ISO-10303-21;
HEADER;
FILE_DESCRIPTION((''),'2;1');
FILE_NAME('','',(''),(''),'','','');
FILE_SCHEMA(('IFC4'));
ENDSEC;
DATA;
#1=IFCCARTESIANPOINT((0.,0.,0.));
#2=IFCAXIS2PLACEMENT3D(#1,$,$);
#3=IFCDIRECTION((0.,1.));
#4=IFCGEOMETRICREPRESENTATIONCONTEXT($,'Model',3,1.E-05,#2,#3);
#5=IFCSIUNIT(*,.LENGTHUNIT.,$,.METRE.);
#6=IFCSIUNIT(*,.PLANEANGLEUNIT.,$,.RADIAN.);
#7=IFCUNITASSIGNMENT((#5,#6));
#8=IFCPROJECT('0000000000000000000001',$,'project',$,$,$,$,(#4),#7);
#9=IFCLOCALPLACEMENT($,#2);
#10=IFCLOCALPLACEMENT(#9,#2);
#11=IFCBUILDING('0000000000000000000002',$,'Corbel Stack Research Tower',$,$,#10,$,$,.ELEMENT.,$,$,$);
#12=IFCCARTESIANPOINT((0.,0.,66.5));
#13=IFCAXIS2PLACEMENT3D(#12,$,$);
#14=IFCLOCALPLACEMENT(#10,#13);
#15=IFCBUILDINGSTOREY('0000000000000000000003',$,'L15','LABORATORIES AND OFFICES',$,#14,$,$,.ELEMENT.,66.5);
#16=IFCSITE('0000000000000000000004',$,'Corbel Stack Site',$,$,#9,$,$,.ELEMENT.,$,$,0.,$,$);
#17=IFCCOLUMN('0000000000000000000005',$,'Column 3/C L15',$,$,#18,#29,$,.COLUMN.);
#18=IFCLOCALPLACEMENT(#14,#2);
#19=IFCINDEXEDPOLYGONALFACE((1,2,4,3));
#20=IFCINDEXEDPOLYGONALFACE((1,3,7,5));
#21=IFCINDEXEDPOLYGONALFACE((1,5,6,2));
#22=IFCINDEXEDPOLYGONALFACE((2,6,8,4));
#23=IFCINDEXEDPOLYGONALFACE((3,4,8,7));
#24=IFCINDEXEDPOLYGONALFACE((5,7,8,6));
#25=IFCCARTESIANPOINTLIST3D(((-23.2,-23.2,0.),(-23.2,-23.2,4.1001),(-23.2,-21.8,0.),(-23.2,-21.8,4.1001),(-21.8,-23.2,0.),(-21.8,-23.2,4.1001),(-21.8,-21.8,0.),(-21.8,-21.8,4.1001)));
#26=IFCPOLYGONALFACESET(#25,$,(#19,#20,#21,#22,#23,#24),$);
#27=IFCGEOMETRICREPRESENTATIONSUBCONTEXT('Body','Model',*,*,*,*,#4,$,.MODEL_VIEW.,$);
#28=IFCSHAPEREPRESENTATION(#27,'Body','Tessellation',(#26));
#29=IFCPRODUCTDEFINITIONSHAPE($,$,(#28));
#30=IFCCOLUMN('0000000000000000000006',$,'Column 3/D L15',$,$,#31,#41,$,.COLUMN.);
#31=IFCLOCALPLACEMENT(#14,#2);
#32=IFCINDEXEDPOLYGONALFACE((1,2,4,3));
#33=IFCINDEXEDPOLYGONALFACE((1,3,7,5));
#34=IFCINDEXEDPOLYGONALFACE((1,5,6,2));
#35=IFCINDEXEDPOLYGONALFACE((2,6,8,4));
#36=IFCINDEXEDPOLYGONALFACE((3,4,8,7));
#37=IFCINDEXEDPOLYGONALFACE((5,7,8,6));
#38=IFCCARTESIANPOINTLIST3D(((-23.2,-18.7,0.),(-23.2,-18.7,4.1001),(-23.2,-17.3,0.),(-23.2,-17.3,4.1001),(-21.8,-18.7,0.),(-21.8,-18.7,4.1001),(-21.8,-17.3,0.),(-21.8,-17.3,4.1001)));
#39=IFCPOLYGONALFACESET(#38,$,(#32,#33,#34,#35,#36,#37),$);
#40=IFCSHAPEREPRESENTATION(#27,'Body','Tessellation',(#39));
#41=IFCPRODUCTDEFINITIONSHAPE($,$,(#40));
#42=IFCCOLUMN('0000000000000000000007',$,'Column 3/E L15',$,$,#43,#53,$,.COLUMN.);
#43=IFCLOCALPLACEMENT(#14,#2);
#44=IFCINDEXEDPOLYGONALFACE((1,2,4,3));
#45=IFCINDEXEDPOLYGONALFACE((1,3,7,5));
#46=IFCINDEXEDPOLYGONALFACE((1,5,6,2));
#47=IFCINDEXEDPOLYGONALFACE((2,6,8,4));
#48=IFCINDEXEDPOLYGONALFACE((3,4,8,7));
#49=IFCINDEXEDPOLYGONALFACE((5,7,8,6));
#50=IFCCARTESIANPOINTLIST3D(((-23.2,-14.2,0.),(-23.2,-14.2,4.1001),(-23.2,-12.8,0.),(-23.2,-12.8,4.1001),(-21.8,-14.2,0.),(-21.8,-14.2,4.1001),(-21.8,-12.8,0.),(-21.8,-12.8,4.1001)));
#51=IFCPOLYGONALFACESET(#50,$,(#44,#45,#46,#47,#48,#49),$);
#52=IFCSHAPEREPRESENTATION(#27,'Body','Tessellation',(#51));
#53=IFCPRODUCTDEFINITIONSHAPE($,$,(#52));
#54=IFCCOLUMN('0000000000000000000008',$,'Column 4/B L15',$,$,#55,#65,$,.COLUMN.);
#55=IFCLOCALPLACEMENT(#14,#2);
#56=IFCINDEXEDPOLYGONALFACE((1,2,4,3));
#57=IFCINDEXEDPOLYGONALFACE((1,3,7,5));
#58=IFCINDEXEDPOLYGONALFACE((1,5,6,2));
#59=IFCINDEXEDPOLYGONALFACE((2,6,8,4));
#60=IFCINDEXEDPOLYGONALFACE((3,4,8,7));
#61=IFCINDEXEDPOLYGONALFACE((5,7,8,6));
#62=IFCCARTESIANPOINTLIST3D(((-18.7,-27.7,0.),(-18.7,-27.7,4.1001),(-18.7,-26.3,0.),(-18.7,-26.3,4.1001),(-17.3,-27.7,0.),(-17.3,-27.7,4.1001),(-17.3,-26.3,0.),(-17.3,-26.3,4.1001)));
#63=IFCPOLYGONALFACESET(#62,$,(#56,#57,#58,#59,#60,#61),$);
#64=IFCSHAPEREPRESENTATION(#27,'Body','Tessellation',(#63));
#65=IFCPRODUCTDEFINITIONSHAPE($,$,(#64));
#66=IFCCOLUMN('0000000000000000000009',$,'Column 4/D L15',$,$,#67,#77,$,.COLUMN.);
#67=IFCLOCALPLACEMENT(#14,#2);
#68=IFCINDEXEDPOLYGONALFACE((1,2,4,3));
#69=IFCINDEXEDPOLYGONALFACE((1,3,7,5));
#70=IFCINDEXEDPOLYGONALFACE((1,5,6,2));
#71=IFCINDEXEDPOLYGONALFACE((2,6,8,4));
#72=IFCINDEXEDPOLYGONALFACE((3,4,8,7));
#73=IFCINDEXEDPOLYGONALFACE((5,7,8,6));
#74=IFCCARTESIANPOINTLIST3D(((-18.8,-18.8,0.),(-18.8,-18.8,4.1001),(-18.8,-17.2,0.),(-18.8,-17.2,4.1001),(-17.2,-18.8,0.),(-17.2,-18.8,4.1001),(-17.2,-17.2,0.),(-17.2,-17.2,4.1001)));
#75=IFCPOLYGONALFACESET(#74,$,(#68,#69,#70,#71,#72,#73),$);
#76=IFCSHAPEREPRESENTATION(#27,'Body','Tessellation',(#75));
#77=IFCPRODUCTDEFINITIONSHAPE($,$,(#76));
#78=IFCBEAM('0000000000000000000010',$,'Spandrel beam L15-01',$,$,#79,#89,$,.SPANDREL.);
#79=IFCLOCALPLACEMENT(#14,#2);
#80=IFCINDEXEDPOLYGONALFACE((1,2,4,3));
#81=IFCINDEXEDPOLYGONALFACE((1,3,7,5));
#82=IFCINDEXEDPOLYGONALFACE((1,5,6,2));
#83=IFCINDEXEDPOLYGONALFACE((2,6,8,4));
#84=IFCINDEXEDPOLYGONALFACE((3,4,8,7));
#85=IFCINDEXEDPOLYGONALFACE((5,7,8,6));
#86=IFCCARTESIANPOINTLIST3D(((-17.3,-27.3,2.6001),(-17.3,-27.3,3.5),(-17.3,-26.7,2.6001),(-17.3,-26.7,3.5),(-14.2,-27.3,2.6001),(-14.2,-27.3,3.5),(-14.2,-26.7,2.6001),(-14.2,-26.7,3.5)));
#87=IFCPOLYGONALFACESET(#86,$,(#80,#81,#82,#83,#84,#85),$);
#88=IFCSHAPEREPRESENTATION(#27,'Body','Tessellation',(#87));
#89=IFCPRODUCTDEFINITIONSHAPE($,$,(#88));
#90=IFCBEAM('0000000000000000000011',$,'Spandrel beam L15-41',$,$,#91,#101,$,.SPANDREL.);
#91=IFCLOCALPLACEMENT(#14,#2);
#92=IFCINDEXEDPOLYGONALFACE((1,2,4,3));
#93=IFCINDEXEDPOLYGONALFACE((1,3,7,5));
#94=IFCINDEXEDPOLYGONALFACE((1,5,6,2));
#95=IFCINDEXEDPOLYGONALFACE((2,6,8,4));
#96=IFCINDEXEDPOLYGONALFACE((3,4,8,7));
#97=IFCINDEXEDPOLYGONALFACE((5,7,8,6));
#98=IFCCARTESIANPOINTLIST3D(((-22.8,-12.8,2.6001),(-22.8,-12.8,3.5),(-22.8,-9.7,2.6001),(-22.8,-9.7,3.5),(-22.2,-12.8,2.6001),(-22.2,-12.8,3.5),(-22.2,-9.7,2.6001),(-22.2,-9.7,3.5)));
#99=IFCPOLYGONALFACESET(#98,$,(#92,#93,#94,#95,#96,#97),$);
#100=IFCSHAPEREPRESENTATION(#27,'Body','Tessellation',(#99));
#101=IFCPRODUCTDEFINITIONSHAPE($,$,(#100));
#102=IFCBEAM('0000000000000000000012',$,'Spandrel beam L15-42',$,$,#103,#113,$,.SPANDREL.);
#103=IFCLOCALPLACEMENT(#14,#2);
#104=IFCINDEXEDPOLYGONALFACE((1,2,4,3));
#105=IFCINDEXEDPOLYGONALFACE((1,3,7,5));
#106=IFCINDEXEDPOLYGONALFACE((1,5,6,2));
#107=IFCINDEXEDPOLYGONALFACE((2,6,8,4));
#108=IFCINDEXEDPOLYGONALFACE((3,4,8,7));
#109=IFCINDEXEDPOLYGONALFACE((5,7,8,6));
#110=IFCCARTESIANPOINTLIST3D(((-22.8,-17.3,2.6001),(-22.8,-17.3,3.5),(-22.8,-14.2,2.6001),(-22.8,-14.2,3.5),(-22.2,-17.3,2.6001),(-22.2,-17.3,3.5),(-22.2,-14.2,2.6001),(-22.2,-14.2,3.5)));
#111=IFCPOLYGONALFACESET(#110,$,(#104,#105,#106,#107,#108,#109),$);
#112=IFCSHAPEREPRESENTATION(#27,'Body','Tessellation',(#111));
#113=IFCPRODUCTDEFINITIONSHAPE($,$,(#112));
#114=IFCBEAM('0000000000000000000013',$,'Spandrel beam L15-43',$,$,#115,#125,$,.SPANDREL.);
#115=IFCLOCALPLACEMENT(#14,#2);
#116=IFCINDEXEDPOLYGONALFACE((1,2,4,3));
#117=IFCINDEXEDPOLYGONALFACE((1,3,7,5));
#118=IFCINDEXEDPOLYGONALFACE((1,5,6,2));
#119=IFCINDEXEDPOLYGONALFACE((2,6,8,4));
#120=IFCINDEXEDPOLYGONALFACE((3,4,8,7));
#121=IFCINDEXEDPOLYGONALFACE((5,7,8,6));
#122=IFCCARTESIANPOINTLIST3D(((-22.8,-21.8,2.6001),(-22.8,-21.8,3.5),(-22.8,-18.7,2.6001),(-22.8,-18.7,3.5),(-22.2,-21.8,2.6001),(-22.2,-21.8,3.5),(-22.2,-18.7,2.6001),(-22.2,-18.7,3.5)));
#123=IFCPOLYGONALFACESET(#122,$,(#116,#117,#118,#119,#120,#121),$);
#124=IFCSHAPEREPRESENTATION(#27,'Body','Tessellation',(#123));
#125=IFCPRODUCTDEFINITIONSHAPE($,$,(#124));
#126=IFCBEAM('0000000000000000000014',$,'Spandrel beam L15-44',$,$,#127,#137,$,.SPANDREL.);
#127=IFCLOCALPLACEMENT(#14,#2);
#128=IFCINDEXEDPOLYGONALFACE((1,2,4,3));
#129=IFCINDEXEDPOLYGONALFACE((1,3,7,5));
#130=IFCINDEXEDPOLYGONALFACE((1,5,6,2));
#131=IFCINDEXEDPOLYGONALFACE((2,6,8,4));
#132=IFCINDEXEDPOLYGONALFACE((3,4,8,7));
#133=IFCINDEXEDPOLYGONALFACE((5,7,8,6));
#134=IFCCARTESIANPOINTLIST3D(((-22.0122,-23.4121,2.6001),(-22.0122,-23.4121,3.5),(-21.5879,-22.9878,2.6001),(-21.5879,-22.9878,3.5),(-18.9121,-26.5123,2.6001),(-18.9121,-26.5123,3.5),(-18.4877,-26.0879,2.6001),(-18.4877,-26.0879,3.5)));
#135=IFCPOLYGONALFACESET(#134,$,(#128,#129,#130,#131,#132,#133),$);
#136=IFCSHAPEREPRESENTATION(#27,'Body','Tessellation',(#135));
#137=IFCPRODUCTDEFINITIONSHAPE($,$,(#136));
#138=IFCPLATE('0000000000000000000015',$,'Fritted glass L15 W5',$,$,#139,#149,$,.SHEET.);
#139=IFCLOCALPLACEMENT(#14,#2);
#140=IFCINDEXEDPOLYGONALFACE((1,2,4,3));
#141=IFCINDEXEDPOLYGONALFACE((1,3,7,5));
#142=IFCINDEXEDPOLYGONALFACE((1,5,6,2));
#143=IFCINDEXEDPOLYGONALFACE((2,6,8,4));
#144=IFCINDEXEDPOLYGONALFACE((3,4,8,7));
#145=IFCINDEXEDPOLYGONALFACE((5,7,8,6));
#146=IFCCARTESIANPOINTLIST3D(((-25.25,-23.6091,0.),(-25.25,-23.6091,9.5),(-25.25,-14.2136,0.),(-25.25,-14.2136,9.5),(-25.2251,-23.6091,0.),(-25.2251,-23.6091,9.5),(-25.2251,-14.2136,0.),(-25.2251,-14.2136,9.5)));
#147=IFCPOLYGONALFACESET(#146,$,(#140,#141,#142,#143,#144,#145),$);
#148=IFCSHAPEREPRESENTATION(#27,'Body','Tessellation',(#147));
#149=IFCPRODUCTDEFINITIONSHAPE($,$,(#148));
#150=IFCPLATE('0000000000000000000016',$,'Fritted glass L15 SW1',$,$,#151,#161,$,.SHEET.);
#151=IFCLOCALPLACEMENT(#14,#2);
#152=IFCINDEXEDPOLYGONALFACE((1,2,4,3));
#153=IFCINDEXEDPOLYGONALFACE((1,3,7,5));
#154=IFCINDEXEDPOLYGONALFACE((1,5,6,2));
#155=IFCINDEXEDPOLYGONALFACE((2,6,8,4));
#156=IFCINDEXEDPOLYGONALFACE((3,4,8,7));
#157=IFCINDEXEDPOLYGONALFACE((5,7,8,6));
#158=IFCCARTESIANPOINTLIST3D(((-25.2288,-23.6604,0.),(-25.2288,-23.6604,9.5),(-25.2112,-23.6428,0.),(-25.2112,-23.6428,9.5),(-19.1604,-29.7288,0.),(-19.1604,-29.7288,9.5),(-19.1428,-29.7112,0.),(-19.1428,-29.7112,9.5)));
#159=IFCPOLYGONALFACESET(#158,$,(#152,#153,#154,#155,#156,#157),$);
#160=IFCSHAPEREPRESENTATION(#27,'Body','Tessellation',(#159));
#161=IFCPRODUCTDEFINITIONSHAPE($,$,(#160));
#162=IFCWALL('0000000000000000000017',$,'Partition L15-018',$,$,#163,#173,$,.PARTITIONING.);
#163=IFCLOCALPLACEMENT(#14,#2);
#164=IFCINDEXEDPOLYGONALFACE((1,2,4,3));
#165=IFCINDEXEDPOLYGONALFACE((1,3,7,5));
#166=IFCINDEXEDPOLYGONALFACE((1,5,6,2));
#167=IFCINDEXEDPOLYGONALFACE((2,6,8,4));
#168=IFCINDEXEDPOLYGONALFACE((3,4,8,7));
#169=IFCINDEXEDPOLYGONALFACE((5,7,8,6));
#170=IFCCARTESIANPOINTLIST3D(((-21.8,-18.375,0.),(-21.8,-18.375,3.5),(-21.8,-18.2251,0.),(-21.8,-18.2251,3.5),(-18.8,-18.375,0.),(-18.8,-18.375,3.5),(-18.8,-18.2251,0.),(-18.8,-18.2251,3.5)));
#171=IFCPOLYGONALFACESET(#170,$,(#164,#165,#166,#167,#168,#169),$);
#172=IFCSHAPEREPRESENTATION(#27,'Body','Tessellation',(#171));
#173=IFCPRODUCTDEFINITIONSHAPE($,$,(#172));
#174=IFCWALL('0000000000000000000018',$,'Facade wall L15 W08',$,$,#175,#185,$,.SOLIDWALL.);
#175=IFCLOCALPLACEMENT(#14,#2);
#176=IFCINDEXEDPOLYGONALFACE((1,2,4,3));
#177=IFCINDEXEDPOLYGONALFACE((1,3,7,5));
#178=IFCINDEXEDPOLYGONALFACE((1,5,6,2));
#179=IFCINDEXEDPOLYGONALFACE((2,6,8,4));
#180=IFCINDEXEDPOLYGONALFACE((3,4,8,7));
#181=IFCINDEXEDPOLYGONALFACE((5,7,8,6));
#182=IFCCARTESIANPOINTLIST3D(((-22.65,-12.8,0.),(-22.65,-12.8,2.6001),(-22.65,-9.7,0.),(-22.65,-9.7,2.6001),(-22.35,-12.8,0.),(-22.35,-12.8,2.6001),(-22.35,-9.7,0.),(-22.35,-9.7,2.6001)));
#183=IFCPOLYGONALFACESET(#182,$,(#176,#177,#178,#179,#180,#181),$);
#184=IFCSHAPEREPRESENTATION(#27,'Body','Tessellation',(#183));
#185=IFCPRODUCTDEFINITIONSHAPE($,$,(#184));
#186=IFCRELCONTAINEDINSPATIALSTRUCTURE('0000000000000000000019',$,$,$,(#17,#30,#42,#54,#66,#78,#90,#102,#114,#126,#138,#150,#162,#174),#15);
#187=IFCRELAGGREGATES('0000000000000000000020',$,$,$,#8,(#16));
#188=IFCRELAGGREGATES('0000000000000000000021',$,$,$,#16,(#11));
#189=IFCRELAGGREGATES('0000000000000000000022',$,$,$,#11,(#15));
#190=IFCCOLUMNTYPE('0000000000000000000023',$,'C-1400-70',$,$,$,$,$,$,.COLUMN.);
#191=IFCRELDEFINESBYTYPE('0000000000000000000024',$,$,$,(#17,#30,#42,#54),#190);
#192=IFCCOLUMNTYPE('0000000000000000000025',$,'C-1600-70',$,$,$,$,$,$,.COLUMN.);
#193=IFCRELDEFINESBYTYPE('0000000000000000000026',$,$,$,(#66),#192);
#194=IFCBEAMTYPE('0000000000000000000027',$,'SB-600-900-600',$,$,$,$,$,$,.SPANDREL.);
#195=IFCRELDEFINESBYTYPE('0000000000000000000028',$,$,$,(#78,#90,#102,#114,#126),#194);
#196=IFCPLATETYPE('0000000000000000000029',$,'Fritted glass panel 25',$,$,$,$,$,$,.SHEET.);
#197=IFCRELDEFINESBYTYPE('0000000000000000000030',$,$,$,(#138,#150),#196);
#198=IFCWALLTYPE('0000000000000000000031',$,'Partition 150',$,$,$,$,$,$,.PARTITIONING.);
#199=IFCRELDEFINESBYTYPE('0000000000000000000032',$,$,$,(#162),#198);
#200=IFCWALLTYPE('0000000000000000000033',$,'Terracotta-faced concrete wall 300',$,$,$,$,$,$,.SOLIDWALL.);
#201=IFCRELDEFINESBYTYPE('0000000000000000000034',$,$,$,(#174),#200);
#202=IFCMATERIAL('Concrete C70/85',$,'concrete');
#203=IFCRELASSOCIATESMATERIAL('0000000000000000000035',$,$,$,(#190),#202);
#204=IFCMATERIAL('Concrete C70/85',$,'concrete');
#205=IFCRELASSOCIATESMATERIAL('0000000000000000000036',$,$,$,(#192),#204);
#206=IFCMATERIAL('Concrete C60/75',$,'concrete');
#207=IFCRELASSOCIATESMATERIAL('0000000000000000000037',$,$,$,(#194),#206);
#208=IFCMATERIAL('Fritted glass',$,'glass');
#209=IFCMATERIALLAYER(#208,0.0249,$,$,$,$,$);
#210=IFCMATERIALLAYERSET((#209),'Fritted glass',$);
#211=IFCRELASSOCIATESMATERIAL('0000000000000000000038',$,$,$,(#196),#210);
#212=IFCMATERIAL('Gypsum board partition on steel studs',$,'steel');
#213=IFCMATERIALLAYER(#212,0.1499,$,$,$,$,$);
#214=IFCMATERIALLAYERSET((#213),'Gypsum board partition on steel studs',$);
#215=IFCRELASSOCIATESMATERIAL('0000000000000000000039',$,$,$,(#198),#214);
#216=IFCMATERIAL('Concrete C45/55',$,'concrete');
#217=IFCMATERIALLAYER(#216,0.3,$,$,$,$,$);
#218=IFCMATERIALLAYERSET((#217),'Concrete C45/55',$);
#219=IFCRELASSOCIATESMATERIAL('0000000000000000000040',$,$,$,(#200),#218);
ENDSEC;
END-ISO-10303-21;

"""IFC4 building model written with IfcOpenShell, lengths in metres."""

from ifc_helpers import new_model, si_unit, direction, frame, frame_2d, origin, origin_2d, place, context, subcontext, project, spatial, rectangle, extrude, material, layer, layer_set, material_profile, profile_set, type_object, element, save


model = new_model("IFC4")

# Units and contexts
model_context = context("Model", 3, precision=1e-05, world=origin(), true_north=direction((0.0, 1.0)))
body_context = subcontext(model_context, "Body", "Model", "MODEL_VIEW")
ifc_project = project(units=[si_unit("LENGTHUNIT", "METRE"), si_unit("PLANEANGLEUNIT", "RADIAN")], contexts=[model_context])

# Site, building, storey
site_placement = place(None, origin())
site = spatial("IfcSite", under=ifc_project, at=site_placement, Name="Corbel Stack Site", CompositionType="ELEMENT", RefElevation=0.0)
building_placement = place(site_placement, origin())
building = spatial("IfcBuilding", under=site, at=building_placement, Name="Corbel Stack Research Tower", CompositionType="ELEMENT")
storey_placement = place(building_placement, frame((0.0, 0.0, 66.5)))
storey = spatial("IfcBuildingStorey", under=building, at=storey_placement, Name="L15", Description="LABORATORIES AND OFFICES", CompositionType="ELEMENT", Elevation=66.5)

# Columns
ifc_material_1 = material(Name="Concrete C70/85", Category="concrete")
ifc_material_profile_1 = material_profile(ifc_material_1, rectangle(XDim=1.3999, YDim=1.3999, at=origin_2d()), Name="RC 1400 x 1400")
ifc_profile_set_1 = profile_set([ifc_material_profile_1], Name="Concrete C70/85")
column_type_1 = type_object("IfcColumnType", Name="C-1400-70", PredefinedType="COLUMN", material=ifc_profile_set_1)
for number, where, z_axis, x_axis, name in (
    (1, (-22.5, -22.5, 0.0), (0.0, 0.0, 1.0), (1.0, 0.0, 0.0), "Column 3/C L15"),
    (2, (-22.5, -18.0, 0.0), (0.0, 0.0, 1.0), (1.0, 0.0, 0.0), "Column 3/D L15"),
    (3, (-22.5, -13.5, 0.0), (0.0, 0.0, 1.0), (1.0, 0.0, 0.0), "Column 3/E L15"),
    (4, (-18.0, -27.0, 0.0), (0.0, 0.0, 1.0), (1.0, 0.0, 0.0), "Column 4/B L15"),
):
    element("IfcColumn", number, at=place(storey_placement, frame(where, z_axis=z_axis, x_axis=x_axis)), inside=storey, type_object=column_type_1, Name=name, PredefinedType="COLUMN", context=body_context, shape_type="SweptSolid", body=[
        extrude(rectangle(XDim=1.3999, YDim=1.3999, at=origin_2d()), origin(), (0.0, 0.0, 1.0), 4.1001),
    ])
ifc_material_2 = material(Name="Concrete C70/85", Category="concrete")
ifc_material_profile_2 = material_profile(ifc_material_2, rectangle(XDim=1.6001, YDim=1.6001, at=origin_2d()), Name="RC 1600 x 1600")
ifc_profile_set_2 = profile_set([ifc_material_profile_2], Name="Concrete C70/85")
column_type_2 = type_object("IfcColumnType", Name="C-1600-70", PredefinedType="COLUMN", material=ifc_profile_set_2)
column_placement = place(storey_placement, frame((-18.0, -18.0, 0.0), z_axis=(0.0, 0.0, 1.0), x_axis=(1.0, 0.0, 0.0)))
element("IfcColumn", 5, at=column_placement, inside=storey, type_object=column_type_2, Name="Column 4/D L15", PredefinedType="COLUMN", context=body_context, shape_type="SweptSolid", body=[
    extrude(rectangle(XDim=1.6001, YDim=1.6001, at=origin_2d()), origin(), (0.0, 0.0, 1.0), 4.1001),
])

# Beams
ifc_material_3 = material(Name="Concrete C60/75", Category="concrete")
ifc_material_profile_3 = material_profile(ifc_material_3, rectangle(XDim=0.6001, YDim=0.8999, at=origin_2d()), Name="RC 600 x 900")
ifc_profile_set_3 = profile_set([ifc_material_profile_3], Name="Concrete C60/75")
beam_type = type_object("IfcBeamType", Name="SB-600-900-600", PredefinedType="SPANDREL", material=ifc_profile_set_3)
for number, where, z_axis, x_axis, name in (
    (6, (-17.3, -27.0, 3.05), (1.0, 0.0, 0.0), (0.0, 1.0, 0.0), "Spandrel beam L15-01"),
    (7, (-22.5, -9.7, 3.05), (0.0, -1.0, 0.0), (1.0, 0.0, 0.0), "Spandrel beam L15-41"),
    (8, (-22.5, -14.2, 3.05), (0.0, -1.0, 0.0), (1.0, 0.0, 0.0), "Spandrel beam L15-42"),
    (9, (-22.5, -18.7, 3.05), (0.0, -1.0, 0.0), (1.0, 0.0, 0.0), "Spandrel beam L15-43"),
):
    element("IfcBeam", number, at=place(storey_placement, frame(where, z_axis=z_axis, x_axis=x_axis)), inside=storey, type_object=beam_type, Name=name, PredefinedType="SPANDREL", context=body_context, shape_type="SweptSolid", body=[
        extrude(rectangle(XDim=0.6001, YDim=0.8999, at=origin_2d()), origin(), (0.0, 0.0, 1.0), 3.1001),
    ])
beam_placement = place(storey_placement, frame((-21.8, -23.2, 3.05), z_axis=(0.707107, -0.707107, 0.0), x_axis=(0.707107, 0.707107, 0.0)))
element("IfcBeam", 10, at=beam_placement, inside=storey, type_object=beam_type, Name="Spandrel beam L15-44", PredefinedType="SPANDREL", context=body_context, shape_type="SweptSolid", body=[
    extrude(rectangle(XDim=0.6001, YDim=0.8999, at=origin_2d()), origin(), (0.0, 0.0, 1.0), 4.3843),
])

# Plates
ifc_material_4 = material(Name="Fritted glass", Category="glass")
ifc_layer_1 = layer(ifc_material_4, 0.0249)
ifc_layer_set_1 = layer_set([ifc_layer_1], Name="Fritted glass")
plate_type = type_object("IfcPlateType", Name="Fritted glass panel 25", PredefinedType="SHEET", material=ifc_layer_set_1)
plate_1_placement = place(storey_placement, frame((-25.2375, -18.9114, 0.0), z_axis=(0.0, 0.0, 1.0), x_axis=(0.0, -1.0, 0.0)))
element("IfcPlate", 11, at=plate_1_placement, inside=storey, type_object=plate_type, Name="Fritted glass L15 W5", PredefinedType="SHEET", context=body_context, shape_type="SweptSolid", body=[
    extrude(rectangle(XDim=9.3955, YDim=0.0249, at=origin_2d()), origin(), (0.0, 0.0, 1.0), 9.5),
])
plate_2_placement = place(storey_placement, frame((-22.1858, -26.6858, 0.0), z_axis=(0.0, 0.0, 1.0), x_axis=(0.707107, -0.707107, 0.0)))
element("IfcPlate", 12, at=plate_2_placement, inside=storey, type_object=plate_type, Name="Fritted glass L15 SW1", PredefinedType="SHEET", context=body_context, shape_type="SweptSolid", body=[
    extrude(rectangle(XDim=8.582, YDim=0.0249, at=origin_2d()), origin(), (0.0, 0.0, 1.0), 9.5),
])

# Walls
ifc_material_5 = material(Name="Gypsum board partition on steel studs", Category="steel")
ifc_layer_2 = layer(ifc_material_5, 0.1499)
ifc_layer_set_2 = layer_set([ifc_layer_2], Name="Gypsum board partition on steel studs")
wall_type_1 = type_object("IfcWallType", Name="Partition 150", PredefinedType="PARTITIONING", material=ifc_layer_set_2)
wall_1_placement = place(storey_placement, frame((-21.8, -18.3, 0.0), z_axis=(0.0, 0.0, 1.0), x_axis=(1.0, 0.0, 0.0)))
element("IfcWall", 13, at=wall_1_placement, inside=storey, type_object=wall_type_1, Name="Partition L15-018", PredefinedType="PARTITIONING", context=body_context, shape_type="SweptSolid", body=[
    extrude(rectangle(XDim=3.0, YDim=0.1499, at=frame_2d((1.5, 0.0))), origin(), (0.0, 0.0, 1.0), 3.5),
])
ifc_material_6 = material(Name="Concrete C45/55", Category="concrete")
ifc_layer_3 = layer(ifc_material_6, 0.3)
ifc_layer_set_3 = layer_set([ifc_layer_3], Name="Concrete C45/55")
wall_type_2 = type_object("IfcWallType", Name="Terracotta-faced concrete wall 300", PredefinedType="SOLIDWALL", material=ifc_layer_set_3)
wall_2_placement = place(storey_placement, frame((-22.5, -12.8, 0.0), z_axis=(0.0, 0.0, 1.0), x_axis=(0.0, 1.0, 0.0)))
element("IfcWall", 14, at=wall_2_placement, inside=storey, type_object=wall_type_2, Name="Facade wall L15 W08", PredefinedType="SOLIDWALL", context=body_context, shape_type="SweptSolid", body=[
    extrude(rectangle(XDim=3.1001, YDim=0.3, at=frame_2d((1.55, 0.0))), origin(), (0.0, 0.0, 1.0), 2.6001),
])

save(model, "model.ifc")
